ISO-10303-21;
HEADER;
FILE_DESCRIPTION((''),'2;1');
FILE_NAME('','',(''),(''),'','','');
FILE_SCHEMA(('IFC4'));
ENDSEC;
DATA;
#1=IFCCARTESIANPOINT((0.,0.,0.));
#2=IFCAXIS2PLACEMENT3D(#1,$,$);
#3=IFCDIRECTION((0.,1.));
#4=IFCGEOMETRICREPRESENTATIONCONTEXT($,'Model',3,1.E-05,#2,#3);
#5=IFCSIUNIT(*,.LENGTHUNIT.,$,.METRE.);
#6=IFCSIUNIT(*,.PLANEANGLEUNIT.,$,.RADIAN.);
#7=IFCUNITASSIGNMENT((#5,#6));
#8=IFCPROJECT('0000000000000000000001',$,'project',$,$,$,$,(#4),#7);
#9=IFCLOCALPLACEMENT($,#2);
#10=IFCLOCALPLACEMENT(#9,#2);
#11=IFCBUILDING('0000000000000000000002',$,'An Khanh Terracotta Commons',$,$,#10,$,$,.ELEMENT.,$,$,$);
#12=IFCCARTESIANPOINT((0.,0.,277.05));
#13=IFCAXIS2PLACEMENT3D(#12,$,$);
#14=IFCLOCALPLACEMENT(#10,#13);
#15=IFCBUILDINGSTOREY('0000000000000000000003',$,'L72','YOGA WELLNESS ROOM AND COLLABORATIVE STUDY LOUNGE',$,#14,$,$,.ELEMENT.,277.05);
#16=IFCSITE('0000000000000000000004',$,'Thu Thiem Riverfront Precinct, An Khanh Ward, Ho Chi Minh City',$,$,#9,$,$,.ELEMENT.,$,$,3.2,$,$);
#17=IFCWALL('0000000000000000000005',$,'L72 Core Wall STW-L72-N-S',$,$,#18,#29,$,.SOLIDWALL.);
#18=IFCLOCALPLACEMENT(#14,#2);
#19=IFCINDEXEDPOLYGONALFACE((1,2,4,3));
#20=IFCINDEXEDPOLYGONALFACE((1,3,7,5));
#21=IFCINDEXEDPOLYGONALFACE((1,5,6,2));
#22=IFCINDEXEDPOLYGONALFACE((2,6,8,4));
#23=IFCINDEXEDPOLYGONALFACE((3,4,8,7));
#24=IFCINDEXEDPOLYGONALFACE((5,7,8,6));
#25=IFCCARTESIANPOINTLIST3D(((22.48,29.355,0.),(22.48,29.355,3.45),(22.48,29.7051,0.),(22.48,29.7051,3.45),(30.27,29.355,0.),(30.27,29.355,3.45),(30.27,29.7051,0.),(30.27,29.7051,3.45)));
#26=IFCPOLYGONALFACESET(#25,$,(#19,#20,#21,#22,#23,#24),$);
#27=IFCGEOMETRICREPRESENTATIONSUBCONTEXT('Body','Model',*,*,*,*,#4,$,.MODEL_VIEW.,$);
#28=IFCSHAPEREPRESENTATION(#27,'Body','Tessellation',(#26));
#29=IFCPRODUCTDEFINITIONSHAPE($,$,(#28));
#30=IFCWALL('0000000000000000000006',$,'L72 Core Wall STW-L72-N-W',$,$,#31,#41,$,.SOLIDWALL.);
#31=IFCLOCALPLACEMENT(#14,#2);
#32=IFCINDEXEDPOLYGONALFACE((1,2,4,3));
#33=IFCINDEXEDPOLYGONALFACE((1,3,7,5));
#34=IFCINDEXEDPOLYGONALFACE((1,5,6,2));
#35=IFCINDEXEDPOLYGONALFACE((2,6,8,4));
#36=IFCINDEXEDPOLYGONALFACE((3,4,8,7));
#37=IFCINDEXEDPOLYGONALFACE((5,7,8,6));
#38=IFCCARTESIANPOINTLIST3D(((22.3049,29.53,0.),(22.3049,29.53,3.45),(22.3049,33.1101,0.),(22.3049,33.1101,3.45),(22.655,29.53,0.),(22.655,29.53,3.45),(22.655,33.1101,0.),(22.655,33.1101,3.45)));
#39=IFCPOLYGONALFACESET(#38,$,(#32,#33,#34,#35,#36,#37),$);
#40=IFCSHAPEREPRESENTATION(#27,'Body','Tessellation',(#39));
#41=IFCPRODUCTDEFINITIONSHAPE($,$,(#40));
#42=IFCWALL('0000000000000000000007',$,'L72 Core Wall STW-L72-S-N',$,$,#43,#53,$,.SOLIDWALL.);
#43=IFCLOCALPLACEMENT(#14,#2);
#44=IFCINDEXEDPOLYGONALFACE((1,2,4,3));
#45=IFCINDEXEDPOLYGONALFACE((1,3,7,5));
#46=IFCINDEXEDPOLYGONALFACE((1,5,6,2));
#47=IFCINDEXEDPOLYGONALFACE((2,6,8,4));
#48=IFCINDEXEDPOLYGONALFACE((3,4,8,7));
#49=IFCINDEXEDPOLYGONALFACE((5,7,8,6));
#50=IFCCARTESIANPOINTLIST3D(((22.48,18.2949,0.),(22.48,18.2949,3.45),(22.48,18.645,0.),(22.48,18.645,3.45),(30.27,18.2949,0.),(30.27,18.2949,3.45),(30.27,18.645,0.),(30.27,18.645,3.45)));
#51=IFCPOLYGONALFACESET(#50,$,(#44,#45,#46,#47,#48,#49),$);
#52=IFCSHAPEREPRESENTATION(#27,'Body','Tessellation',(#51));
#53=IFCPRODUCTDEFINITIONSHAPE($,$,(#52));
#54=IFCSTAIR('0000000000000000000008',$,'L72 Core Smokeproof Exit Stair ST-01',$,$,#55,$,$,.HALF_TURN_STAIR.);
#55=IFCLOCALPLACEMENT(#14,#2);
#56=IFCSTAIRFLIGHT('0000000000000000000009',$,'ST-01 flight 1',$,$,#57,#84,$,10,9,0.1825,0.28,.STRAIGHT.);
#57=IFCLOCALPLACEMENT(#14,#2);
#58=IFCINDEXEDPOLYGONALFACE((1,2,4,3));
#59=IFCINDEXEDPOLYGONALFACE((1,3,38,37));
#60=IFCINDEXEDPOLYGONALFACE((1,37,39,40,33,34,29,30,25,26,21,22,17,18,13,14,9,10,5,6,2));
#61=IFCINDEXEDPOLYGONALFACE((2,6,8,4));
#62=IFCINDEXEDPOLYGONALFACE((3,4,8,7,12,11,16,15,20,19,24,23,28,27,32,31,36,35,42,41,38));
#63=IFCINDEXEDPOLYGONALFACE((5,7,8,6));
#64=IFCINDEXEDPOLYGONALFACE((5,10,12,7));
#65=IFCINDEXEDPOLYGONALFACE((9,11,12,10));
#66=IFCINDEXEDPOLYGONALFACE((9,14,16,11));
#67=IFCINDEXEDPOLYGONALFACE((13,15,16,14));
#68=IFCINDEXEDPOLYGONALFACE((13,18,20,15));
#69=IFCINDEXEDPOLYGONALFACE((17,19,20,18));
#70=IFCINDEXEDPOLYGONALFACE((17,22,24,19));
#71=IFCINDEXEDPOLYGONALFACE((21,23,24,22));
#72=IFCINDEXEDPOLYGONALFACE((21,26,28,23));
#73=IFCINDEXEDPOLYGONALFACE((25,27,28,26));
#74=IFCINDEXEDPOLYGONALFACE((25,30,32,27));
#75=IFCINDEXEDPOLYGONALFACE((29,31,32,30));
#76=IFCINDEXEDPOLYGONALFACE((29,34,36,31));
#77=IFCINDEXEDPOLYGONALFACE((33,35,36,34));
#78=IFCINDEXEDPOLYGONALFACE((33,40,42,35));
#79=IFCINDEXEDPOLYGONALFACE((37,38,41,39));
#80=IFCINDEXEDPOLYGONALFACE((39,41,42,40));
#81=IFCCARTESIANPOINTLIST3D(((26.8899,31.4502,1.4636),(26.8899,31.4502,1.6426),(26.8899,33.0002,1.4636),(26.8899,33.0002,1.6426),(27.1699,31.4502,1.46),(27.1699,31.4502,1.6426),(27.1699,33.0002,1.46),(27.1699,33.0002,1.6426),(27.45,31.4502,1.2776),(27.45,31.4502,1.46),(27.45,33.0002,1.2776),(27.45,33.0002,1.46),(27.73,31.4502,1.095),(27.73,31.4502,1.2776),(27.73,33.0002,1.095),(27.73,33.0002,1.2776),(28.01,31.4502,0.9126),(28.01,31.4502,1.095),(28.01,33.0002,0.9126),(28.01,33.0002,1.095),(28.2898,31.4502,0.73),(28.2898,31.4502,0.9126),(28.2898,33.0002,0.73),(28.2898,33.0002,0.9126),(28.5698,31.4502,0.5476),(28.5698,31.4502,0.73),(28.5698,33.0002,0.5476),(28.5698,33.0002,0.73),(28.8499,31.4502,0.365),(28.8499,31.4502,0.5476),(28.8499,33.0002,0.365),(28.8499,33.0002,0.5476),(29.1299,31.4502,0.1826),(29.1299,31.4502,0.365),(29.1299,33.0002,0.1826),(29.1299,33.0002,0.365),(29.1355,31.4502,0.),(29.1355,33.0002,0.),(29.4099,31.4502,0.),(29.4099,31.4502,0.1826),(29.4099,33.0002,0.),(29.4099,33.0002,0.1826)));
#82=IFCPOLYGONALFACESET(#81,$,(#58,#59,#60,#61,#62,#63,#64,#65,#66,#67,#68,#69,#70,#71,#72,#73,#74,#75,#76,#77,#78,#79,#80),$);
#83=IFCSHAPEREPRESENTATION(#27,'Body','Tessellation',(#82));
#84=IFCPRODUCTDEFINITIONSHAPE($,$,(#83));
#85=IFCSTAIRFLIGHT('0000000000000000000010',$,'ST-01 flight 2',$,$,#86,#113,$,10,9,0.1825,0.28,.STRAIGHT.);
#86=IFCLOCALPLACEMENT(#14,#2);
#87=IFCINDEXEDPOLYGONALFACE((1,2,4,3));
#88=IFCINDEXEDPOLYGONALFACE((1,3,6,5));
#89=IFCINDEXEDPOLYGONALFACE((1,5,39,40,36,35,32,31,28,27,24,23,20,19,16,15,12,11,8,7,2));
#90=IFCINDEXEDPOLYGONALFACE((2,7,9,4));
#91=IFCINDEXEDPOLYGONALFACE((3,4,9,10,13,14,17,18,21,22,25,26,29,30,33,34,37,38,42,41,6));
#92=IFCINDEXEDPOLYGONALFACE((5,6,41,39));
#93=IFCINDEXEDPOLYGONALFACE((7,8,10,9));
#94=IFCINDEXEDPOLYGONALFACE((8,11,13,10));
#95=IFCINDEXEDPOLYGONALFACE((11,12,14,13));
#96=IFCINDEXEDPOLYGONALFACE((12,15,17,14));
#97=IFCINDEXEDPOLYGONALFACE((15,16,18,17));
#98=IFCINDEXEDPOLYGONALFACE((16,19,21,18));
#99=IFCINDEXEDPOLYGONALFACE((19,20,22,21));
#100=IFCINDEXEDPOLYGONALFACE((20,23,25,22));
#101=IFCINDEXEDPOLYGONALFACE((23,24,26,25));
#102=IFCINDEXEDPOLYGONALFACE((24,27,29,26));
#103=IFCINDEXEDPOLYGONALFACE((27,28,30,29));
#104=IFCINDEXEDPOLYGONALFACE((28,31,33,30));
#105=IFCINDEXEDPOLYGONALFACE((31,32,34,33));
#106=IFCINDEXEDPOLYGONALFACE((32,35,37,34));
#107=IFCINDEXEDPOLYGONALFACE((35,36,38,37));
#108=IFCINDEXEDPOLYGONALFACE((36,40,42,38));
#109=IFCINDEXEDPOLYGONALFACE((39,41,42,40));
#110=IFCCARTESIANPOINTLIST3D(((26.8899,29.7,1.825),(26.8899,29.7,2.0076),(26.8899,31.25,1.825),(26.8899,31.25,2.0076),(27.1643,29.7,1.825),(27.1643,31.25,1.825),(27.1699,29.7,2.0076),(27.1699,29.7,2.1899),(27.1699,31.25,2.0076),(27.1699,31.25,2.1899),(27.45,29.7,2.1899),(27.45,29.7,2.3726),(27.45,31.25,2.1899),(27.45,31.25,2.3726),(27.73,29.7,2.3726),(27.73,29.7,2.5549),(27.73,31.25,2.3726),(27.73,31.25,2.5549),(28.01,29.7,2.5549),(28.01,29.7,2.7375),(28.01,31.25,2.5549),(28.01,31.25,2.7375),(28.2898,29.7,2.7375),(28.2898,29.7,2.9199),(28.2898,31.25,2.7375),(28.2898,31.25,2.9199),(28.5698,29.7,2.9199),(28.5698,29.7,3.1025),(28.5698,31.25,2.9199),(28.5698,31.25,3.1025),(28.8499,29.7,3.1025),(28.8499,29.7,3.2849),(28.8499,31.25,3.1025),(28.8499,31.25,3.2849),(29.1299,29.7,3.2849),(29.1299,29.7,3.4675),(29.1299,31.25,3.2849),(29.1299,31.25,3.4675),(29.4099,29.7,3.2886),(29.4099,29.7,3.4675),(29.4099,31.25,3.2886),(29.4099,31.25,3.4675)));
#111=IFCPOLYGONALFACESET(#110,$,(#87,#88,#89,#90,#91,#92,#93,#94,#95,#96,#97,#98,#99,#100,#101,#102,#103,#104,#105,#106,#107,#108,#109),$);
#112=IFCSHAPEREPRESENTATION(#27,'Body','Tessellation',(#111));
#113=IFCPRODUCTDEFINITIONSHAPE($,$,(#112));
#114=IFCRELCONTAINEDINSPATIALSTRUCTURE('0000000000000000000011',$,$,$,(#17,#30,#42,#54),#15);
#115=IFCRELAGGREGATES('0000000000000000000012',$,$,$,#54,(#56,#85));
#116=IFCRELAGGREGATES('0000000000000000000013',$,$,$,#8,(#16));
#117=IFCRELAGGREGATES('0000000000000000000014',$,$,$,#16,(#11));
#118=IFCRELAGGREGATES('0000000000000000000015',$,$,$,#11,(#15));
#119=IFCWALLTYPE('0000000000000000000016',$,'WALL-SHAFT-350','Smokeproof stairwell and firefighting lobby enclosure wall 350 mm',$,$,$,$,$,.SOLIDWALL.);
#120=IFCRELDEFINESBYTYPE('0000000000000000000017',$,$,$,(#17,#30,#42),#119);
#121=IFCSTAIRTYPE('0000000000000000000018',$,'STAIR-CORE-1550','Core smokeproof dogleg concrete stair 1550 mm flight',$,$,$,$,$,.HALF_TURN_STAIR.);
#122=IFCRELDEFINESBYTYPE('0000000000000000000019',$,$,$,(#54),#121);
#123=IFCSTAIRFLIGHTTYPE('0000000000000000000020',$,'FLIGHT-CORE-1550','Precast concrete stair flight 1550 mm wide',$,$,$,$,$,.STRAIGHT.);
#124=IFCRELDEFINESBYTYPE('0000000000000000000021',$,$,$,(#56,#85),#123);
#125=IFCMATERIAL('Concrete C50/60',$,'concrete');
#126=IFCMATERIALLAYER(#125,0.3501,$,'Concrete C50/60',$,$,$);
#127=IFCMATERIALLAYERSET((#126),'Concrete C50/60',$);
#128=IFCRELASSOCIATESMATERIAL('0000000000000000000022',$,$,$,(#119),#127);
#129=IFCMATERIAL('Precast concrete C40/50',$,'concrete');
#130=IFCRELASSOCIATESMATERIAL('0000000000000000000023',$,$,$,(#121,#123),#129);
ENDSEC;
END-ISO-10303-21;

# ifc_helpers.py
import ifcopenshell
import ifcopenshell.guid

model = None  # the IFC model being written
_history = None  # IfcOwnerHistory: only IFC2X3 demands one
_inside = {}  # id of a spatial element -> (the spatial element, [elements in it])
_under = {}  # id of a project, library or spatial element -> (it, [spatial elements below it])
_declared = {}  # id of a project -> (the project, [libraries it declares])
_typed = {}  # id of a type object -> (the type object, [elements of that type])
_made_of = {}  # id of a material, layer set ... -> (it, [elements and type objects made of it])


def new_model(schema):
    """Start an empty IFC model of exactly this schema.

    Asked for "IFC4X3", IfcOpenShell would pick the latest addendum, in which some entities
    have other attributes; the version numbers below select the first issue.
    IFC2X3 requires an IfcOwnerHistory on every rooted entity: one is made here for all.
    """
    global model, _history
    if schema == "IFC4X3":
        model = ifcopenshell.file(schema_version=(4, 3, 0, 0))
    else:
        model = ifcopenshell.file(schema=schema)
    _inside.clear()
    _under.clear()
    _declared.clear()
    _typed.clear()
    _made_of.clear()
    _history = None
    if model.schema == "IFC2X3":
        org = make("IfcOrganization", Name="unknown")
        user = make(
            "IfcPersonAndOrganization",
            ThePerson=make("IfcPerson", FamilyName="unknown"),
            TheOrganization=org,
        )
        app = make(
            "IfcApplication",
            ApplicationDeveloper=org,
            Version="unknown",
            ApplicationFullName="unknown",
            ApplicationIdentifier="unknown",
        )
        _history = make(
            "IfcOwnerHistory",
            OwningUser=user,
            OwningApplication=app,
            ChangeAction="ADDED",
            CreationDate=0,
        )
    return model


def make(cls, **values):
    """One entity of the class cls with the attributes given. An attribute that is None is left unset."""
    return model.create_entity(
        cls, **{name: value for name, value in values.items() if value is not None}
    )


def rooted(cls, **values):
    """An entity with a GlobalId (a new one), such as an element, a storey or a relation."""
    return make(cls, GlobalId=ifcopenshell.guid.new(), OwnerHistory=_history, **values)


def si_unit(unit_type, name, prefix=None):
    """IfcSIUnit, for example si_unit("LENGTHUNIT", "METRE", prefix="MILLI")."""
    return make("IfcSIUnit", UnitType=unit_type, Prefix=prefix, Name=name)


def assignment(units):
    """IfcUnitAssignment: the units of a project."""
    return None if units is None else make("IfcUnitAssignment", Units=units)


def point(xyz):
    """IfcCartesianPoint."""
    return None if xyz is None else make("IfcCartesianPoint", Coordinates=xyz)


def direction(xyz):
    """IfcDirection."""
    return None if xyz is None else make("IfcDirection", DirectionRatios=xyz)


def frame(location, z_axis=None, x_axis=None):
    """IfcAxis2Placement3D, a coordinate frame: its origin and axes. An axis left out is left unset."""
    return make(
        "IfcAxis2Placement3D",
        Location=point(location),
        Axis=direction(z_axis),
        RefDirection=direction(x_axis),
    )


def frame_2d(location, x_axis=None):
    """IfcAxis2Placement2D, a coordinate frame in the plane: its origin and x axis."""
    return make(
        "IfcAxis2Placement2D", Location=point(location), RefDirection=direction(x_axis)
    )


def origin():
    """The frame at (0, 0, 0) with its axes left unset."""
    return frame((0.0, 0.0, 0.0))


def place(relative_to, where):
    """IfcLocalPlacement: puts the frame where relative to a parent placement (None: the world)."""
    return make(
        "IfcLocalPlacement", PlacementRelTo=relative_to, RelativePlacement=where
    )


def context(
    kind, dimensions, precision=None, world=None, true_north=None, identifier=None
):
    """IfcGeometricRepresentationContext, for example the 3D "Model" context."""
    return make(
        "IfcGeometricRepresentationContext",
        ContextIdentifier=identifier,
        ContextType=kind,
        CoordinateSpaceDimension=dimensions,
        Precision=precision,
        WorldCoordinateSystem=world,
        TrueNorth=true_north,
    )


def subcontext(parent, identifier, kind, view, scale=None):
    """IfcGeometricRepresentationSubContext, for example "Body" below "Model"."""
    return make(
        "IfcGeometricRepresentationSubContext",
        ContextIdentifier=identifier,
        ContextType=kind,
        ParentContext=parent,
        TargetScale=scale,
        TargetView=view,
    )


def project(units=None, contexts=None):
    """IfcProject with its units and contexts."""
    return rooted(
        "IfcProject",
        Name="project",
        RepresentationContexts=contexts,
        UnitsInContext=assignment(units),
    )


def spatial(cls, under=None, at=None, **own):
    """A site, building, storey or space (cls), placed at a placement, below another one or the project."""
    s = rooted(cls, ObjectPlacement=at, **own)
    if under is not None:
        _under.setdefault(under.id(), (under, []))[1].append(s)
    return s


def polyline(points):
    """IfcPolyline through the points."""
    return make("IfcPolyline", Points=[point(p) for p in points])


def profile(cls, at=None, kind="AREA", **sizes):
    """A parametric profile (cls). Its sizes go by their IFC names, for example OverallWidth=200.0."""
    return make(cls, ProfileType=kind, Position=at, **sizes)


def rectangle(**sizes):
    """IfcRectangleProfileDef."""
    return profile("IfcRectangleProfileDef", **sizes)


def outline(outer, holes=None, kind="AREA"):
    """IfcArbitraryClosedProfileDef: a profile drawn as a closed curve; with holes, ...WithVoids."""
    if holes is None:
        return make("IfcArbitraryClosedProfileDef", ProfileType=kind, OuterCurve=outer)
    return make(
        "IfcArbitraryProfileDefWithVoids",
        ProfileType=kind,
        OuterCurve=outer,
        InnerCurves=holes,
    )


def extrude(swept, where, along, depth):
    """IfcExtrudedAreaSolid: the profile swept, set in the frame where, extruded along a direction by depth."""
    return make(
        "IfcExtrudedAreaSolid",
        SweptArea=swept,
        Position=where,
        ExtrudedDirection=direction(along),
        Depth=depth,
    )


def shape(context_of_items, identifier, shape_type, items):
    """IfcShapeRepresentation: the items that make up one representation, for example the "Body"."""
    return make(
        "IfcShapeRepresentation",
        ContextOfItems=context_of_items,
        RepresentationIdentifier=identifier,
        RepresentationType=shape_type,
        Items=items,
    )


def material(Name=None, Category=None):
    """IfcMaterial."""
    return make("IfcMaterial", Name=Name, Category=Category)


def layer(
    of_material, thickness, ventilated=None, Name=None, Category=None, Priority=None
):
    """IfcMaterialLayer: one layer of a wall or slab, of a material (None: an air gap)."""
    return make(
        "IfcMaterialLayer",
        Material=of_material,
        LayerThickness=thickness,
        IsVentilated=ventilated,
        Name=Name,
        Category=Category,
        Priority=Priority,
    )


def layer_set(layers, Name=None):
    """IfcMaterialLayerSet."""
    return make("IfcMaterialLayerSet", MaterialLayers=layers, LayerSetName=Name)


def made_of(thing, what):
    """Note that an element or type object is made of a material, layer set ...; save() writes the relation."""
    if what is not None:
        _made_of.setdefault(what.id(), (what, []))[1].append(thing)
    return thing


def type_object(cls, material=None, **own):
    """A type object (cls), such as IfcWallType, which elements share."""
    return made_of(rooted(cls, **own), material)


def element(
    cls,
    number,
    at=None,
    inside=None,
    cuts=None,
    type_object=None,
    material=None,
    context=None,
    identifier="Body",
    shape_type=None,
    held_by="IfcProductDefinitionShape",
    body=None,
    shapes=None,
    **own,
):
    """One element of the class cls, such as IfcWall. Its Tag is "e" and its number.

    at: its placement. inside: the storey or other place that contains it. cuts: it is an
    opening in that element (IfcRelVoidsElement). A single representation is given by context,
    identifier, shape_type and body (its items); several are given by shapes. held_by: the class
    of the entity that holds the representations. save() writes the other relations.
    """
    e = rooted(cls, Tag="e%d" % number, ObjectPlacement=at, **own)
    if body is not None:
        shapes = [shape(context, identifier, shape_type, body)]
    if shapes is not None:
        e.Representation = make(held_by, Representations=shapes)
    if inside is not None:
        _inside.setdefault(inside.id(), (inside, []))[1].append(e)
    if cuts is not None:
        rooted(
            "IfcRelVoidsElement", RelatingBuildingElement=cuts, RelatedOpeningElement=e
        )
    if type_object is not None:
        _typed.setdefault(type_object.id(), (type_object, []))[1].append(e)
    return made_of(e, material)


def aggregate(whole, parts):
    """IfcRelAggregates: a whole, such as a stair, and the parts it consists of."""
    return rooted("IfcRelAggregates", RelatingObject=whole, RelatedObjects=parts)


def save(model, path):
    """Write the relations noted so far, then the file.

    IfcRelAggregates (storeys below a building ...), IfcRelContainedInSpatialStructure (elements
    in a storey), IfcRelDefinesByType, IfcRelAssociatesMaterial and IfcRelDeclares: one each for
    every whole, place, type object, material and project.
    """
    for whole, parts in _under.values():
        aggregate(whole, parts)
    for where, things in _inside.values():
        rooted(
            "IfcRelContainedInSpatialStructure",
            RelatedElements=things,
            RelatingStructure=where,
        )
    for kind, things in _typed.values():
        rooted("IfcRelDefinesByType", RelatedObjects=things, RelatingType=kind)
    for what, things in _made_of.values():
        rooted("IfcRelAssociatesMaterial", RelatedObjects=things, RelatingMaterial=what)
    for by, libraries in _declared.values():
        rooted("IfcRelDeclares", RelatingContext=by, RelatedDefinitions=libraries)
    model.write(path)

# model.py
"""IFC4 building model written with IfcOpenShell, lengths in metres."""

from ifc_helpers import new_model, si_unit, direction, frame, frame_2d, origin, place, context, subcontext, project, spatial, polyline, rectangle, outline, extrude, material, layer, layer_set, type_object, element, aggregate, save


model = new_model("IFC4")

# Units and contexts
model_context = context("Model", 3, precision=1e-05, world=origin(), true_north=direction((0.0, 1.0)))
body_context = subcontext(model_context, "Body", "Model", "MODEL_VIEW")
ifc_project = project(units=[si_unit("LENGTHUNIT", "METRE"), si_unit("PLANEANGLEUNIT", "RADIAN")], contexts=[model_context])

# Site, building, storey
site_placement = place(None, origin())
site = spatial("IfcSite", under=ifc_project, at=site_placement, Name="Thu Thiem Riverfront Precinct, An Khanh Ward, Ho Chi Minh City", CompositionType="ELEMENT", RefElevation=3.2)
building_placement = place(site_placement, origin())
building = spatial("IfcBuilding", under=site, at=building_placement, Name="An Khanh Terracotta Commons", CompositionType="ELEMENT")
storey_placement = place(building_placement, frame((0.0, 0.0, 277.05)))
storey = spatial("IfcBuildingStorey", under=building, at=storey_placement, Name="L72", Description="YOGA WELLNESS ROOM AND COLLABORATIVE STUDY LOUNGE", CompositionType="ELEMENT", Elevation=277.05)

# Shared definitions
ifc_material_1 = material(Name="Concrete C50/60", Category="concrete")

# Shared definitions
ifc_material_2 = material(Name="Precast concrete C40/50", Category="concrete")

# Walls
ifc_layer_1 = layer(ifc_material_1, 0.3501, Name="Concrete C50/60")
ifc_layer_set_1 = layer_set([ifc_layer_1], Name="Concrete C50/60")
wall_type_1 = type_object("IfcWallType", Name="WALL-SHAFT-350", Description="Smokeproof stairwell and firefighting lobby enclosure wall 350 mm", PredefinedType="SOLIDWALL", material=ifc_layer_set_1)
wall_1_placement = place(storey_placement, frame((22.48, 29.53, 0.0), z_axis=(0.0, 0.0, 1.0), x_axis=(1.0, 0.0, 0.0)))
element("IfcWall", 1, at=wall_1_placement, inside=storey, type_object=wall_type_1, Name="L72 Core Wall STW-L72-N-S", PredefinedType="SOLIDWALL", context=body_context, shape_type="SweptSolid", body=[
    extrude(rectangle(XDim=7.79, YDim=0.3501, at=frame_2d((3.895, 0.0))), origin(), (0.0, 0.0, 1.0), 3.45),
])
wall_2_placement = place(storey_placement, frame((22.48, 29.53, 0.0), z_axis=(0.0, 0.0, 1.0), x_axis=(0.0, 1.0, 0.0)))
element("IfcWall", 2, at=wall_2_placement, inside=storey, type_object=wall_type_1, Name="L72 Core Wall STW-L72-N-W", PredefinedType="SOLIDWALL", context=body_context, shape_type="SweptSolid", body=[
    extrude(rectangle(XDim=3.5801, YDim=0.3501, at=frame_2d((1.79, 0.0))), origin(), (0.0, 0.0, 1.0), 3.45),
])
wall_3_placement = place(storey_placement, frame((22.48, 18.47, 0.0), z_axis=(0.0, 0.0, 1.0), x_axis=(1.0, 0.0, 0.0)))
element("IfcWall", 3, at=wall_3_placement, inside=storey, type_object=wall_type_1, Name="L72 Core Wall STW-L72-S-N", PredefinedType="SOLIDWALL", context=body_context, shape_type="SweptSolid", body=[
    extrude(rectangle(XDim=7.79, YDim=0.3501, at=frame_2d((3.895, 0.0))), origin(), (0.0, 0.0, 1.0), 3.45),
])

# Stair, stair flights
stair_type = type_object("IfcStairType", Name="STAIR-CORE-1550", Description="Core smokeproof dogleg concrete stair 1550 mm flight", PredefinedType="HALF_TURN_STAIR", material=ifc_material_2)
stair_placement = place(storey_placement, origin())
stair = element("IfcStair", 4, at=stair_placement, inside=storey, type_object=stair_type, Name="L72 Core Smokeproof Exit Stair ST-01", PredefinedType="HALF_TURN_STAIR")
stair_flight_type = type_object("IfcStairFlightType", Name="FLIGHT-CORE-1550", Description="Precast concrete stair flight 1550 mm wide", PredefinedType="STRAIGHT", material=ifc_material_2)
stair_flight_1_placement = place(storey_placement, frame((29.4099, 32.2251, 0.0), z_axis=(0.0, 0.0, 1.0), x_axis=(-1.0, 0.0, 0.0)))
stair_flight_1 = element("IfcStairFlight", 5, at=stair_flight_1_placement, type_object=stair_flight_type, Name="ST-01 flight 1", NumberOfRisers=10, NumberOfTreads=9, PredefinedType="STRAIGHT", RiserHeight=0.1825, TreadLength=0.28, context=body_context, shape_type="SweptSolid", body=[
    extrude(outline(polyline([(0.0, 0.0), (0.0, 0.1826), (0.28, 0.1826), (0.28, 0.365), (0.5601, 0.365), (0.5601, 0.5476), (0.8401, 0.5476), (0.8401, 0.73), (1.1201, 0.73), (1.1201, 0.9126), (1.3999, 0.9126), (1.3999, 1.095), (1.6799, 1.095), (1.6799, 1.2776), (1.96, 1.2776), (1.96, 1.46), (2.24, 1.46), (2.24, 1.6426), (2.52, 1.6426), (2.52, 1.825), (2.52, 1.4636), (0.2744, 0.0), (0.0, 0.0)])), frame((0.0, 0.7749, 0.0), z_axis=(0.0, -1.0, 0.0), x_axis=(1.0, 0.0, 0.0)), (0.0, 0.0, 1.0), 1.55),
])
stair_flight_2_placement = place(storey_placement, frame((26.8899, 30.4751, 1.825), z_axis=(0.0, 0.0, 1.0), x_axis=(1.0, 0.0, 0.0)))
stair_flight_2 = element("IfcStairFlight", 6, at=stair_flight_2_placement, type_object=stair_flight_type, Name="ST-01 flight 2", NumberOfRisers=10, NumberOfTreads=9, PredefinedType="STRAIGHT", RiserHeight=0.1825, TreadLength=0.28, context=body_context, shape_type="SweptSolid", body=[
    extrude(outline(polyline([(0.0, 0.0), (0.0, 0.1826), (0.28, 0.1826), (0.28, 0.365), (0.5601, 0.365), (0.5601, 0.5476), (0.8401, 0.5476), (0.8401, 0.73), (1.1201, 0.73), (1.1201, 0.9126), (1.3999, 0.9126), (1.3999, 1.095), (1.6799, 1.095), (1.6799, 1.2776), (1.96, 1.2776), (1.96, 1.46), (2.24, 1.46), (2.24, 1.6426), (2.52, 1.6426), (2.52, 1.825), (2.52, 1.4636), (0.2744, 0.0), (0.0, 0.0)])), frame((0.0, 0.7749, 0.0), z_axis=(0.0, -1.0, 0.0), x_axis=(1.0, 0.0, 0.0)), (0.0, 0.0, 1.0), 1.55),
])
aggregate(stair, [stair_flight_1, stair_flight_2])

save(model, "model.ifc")
